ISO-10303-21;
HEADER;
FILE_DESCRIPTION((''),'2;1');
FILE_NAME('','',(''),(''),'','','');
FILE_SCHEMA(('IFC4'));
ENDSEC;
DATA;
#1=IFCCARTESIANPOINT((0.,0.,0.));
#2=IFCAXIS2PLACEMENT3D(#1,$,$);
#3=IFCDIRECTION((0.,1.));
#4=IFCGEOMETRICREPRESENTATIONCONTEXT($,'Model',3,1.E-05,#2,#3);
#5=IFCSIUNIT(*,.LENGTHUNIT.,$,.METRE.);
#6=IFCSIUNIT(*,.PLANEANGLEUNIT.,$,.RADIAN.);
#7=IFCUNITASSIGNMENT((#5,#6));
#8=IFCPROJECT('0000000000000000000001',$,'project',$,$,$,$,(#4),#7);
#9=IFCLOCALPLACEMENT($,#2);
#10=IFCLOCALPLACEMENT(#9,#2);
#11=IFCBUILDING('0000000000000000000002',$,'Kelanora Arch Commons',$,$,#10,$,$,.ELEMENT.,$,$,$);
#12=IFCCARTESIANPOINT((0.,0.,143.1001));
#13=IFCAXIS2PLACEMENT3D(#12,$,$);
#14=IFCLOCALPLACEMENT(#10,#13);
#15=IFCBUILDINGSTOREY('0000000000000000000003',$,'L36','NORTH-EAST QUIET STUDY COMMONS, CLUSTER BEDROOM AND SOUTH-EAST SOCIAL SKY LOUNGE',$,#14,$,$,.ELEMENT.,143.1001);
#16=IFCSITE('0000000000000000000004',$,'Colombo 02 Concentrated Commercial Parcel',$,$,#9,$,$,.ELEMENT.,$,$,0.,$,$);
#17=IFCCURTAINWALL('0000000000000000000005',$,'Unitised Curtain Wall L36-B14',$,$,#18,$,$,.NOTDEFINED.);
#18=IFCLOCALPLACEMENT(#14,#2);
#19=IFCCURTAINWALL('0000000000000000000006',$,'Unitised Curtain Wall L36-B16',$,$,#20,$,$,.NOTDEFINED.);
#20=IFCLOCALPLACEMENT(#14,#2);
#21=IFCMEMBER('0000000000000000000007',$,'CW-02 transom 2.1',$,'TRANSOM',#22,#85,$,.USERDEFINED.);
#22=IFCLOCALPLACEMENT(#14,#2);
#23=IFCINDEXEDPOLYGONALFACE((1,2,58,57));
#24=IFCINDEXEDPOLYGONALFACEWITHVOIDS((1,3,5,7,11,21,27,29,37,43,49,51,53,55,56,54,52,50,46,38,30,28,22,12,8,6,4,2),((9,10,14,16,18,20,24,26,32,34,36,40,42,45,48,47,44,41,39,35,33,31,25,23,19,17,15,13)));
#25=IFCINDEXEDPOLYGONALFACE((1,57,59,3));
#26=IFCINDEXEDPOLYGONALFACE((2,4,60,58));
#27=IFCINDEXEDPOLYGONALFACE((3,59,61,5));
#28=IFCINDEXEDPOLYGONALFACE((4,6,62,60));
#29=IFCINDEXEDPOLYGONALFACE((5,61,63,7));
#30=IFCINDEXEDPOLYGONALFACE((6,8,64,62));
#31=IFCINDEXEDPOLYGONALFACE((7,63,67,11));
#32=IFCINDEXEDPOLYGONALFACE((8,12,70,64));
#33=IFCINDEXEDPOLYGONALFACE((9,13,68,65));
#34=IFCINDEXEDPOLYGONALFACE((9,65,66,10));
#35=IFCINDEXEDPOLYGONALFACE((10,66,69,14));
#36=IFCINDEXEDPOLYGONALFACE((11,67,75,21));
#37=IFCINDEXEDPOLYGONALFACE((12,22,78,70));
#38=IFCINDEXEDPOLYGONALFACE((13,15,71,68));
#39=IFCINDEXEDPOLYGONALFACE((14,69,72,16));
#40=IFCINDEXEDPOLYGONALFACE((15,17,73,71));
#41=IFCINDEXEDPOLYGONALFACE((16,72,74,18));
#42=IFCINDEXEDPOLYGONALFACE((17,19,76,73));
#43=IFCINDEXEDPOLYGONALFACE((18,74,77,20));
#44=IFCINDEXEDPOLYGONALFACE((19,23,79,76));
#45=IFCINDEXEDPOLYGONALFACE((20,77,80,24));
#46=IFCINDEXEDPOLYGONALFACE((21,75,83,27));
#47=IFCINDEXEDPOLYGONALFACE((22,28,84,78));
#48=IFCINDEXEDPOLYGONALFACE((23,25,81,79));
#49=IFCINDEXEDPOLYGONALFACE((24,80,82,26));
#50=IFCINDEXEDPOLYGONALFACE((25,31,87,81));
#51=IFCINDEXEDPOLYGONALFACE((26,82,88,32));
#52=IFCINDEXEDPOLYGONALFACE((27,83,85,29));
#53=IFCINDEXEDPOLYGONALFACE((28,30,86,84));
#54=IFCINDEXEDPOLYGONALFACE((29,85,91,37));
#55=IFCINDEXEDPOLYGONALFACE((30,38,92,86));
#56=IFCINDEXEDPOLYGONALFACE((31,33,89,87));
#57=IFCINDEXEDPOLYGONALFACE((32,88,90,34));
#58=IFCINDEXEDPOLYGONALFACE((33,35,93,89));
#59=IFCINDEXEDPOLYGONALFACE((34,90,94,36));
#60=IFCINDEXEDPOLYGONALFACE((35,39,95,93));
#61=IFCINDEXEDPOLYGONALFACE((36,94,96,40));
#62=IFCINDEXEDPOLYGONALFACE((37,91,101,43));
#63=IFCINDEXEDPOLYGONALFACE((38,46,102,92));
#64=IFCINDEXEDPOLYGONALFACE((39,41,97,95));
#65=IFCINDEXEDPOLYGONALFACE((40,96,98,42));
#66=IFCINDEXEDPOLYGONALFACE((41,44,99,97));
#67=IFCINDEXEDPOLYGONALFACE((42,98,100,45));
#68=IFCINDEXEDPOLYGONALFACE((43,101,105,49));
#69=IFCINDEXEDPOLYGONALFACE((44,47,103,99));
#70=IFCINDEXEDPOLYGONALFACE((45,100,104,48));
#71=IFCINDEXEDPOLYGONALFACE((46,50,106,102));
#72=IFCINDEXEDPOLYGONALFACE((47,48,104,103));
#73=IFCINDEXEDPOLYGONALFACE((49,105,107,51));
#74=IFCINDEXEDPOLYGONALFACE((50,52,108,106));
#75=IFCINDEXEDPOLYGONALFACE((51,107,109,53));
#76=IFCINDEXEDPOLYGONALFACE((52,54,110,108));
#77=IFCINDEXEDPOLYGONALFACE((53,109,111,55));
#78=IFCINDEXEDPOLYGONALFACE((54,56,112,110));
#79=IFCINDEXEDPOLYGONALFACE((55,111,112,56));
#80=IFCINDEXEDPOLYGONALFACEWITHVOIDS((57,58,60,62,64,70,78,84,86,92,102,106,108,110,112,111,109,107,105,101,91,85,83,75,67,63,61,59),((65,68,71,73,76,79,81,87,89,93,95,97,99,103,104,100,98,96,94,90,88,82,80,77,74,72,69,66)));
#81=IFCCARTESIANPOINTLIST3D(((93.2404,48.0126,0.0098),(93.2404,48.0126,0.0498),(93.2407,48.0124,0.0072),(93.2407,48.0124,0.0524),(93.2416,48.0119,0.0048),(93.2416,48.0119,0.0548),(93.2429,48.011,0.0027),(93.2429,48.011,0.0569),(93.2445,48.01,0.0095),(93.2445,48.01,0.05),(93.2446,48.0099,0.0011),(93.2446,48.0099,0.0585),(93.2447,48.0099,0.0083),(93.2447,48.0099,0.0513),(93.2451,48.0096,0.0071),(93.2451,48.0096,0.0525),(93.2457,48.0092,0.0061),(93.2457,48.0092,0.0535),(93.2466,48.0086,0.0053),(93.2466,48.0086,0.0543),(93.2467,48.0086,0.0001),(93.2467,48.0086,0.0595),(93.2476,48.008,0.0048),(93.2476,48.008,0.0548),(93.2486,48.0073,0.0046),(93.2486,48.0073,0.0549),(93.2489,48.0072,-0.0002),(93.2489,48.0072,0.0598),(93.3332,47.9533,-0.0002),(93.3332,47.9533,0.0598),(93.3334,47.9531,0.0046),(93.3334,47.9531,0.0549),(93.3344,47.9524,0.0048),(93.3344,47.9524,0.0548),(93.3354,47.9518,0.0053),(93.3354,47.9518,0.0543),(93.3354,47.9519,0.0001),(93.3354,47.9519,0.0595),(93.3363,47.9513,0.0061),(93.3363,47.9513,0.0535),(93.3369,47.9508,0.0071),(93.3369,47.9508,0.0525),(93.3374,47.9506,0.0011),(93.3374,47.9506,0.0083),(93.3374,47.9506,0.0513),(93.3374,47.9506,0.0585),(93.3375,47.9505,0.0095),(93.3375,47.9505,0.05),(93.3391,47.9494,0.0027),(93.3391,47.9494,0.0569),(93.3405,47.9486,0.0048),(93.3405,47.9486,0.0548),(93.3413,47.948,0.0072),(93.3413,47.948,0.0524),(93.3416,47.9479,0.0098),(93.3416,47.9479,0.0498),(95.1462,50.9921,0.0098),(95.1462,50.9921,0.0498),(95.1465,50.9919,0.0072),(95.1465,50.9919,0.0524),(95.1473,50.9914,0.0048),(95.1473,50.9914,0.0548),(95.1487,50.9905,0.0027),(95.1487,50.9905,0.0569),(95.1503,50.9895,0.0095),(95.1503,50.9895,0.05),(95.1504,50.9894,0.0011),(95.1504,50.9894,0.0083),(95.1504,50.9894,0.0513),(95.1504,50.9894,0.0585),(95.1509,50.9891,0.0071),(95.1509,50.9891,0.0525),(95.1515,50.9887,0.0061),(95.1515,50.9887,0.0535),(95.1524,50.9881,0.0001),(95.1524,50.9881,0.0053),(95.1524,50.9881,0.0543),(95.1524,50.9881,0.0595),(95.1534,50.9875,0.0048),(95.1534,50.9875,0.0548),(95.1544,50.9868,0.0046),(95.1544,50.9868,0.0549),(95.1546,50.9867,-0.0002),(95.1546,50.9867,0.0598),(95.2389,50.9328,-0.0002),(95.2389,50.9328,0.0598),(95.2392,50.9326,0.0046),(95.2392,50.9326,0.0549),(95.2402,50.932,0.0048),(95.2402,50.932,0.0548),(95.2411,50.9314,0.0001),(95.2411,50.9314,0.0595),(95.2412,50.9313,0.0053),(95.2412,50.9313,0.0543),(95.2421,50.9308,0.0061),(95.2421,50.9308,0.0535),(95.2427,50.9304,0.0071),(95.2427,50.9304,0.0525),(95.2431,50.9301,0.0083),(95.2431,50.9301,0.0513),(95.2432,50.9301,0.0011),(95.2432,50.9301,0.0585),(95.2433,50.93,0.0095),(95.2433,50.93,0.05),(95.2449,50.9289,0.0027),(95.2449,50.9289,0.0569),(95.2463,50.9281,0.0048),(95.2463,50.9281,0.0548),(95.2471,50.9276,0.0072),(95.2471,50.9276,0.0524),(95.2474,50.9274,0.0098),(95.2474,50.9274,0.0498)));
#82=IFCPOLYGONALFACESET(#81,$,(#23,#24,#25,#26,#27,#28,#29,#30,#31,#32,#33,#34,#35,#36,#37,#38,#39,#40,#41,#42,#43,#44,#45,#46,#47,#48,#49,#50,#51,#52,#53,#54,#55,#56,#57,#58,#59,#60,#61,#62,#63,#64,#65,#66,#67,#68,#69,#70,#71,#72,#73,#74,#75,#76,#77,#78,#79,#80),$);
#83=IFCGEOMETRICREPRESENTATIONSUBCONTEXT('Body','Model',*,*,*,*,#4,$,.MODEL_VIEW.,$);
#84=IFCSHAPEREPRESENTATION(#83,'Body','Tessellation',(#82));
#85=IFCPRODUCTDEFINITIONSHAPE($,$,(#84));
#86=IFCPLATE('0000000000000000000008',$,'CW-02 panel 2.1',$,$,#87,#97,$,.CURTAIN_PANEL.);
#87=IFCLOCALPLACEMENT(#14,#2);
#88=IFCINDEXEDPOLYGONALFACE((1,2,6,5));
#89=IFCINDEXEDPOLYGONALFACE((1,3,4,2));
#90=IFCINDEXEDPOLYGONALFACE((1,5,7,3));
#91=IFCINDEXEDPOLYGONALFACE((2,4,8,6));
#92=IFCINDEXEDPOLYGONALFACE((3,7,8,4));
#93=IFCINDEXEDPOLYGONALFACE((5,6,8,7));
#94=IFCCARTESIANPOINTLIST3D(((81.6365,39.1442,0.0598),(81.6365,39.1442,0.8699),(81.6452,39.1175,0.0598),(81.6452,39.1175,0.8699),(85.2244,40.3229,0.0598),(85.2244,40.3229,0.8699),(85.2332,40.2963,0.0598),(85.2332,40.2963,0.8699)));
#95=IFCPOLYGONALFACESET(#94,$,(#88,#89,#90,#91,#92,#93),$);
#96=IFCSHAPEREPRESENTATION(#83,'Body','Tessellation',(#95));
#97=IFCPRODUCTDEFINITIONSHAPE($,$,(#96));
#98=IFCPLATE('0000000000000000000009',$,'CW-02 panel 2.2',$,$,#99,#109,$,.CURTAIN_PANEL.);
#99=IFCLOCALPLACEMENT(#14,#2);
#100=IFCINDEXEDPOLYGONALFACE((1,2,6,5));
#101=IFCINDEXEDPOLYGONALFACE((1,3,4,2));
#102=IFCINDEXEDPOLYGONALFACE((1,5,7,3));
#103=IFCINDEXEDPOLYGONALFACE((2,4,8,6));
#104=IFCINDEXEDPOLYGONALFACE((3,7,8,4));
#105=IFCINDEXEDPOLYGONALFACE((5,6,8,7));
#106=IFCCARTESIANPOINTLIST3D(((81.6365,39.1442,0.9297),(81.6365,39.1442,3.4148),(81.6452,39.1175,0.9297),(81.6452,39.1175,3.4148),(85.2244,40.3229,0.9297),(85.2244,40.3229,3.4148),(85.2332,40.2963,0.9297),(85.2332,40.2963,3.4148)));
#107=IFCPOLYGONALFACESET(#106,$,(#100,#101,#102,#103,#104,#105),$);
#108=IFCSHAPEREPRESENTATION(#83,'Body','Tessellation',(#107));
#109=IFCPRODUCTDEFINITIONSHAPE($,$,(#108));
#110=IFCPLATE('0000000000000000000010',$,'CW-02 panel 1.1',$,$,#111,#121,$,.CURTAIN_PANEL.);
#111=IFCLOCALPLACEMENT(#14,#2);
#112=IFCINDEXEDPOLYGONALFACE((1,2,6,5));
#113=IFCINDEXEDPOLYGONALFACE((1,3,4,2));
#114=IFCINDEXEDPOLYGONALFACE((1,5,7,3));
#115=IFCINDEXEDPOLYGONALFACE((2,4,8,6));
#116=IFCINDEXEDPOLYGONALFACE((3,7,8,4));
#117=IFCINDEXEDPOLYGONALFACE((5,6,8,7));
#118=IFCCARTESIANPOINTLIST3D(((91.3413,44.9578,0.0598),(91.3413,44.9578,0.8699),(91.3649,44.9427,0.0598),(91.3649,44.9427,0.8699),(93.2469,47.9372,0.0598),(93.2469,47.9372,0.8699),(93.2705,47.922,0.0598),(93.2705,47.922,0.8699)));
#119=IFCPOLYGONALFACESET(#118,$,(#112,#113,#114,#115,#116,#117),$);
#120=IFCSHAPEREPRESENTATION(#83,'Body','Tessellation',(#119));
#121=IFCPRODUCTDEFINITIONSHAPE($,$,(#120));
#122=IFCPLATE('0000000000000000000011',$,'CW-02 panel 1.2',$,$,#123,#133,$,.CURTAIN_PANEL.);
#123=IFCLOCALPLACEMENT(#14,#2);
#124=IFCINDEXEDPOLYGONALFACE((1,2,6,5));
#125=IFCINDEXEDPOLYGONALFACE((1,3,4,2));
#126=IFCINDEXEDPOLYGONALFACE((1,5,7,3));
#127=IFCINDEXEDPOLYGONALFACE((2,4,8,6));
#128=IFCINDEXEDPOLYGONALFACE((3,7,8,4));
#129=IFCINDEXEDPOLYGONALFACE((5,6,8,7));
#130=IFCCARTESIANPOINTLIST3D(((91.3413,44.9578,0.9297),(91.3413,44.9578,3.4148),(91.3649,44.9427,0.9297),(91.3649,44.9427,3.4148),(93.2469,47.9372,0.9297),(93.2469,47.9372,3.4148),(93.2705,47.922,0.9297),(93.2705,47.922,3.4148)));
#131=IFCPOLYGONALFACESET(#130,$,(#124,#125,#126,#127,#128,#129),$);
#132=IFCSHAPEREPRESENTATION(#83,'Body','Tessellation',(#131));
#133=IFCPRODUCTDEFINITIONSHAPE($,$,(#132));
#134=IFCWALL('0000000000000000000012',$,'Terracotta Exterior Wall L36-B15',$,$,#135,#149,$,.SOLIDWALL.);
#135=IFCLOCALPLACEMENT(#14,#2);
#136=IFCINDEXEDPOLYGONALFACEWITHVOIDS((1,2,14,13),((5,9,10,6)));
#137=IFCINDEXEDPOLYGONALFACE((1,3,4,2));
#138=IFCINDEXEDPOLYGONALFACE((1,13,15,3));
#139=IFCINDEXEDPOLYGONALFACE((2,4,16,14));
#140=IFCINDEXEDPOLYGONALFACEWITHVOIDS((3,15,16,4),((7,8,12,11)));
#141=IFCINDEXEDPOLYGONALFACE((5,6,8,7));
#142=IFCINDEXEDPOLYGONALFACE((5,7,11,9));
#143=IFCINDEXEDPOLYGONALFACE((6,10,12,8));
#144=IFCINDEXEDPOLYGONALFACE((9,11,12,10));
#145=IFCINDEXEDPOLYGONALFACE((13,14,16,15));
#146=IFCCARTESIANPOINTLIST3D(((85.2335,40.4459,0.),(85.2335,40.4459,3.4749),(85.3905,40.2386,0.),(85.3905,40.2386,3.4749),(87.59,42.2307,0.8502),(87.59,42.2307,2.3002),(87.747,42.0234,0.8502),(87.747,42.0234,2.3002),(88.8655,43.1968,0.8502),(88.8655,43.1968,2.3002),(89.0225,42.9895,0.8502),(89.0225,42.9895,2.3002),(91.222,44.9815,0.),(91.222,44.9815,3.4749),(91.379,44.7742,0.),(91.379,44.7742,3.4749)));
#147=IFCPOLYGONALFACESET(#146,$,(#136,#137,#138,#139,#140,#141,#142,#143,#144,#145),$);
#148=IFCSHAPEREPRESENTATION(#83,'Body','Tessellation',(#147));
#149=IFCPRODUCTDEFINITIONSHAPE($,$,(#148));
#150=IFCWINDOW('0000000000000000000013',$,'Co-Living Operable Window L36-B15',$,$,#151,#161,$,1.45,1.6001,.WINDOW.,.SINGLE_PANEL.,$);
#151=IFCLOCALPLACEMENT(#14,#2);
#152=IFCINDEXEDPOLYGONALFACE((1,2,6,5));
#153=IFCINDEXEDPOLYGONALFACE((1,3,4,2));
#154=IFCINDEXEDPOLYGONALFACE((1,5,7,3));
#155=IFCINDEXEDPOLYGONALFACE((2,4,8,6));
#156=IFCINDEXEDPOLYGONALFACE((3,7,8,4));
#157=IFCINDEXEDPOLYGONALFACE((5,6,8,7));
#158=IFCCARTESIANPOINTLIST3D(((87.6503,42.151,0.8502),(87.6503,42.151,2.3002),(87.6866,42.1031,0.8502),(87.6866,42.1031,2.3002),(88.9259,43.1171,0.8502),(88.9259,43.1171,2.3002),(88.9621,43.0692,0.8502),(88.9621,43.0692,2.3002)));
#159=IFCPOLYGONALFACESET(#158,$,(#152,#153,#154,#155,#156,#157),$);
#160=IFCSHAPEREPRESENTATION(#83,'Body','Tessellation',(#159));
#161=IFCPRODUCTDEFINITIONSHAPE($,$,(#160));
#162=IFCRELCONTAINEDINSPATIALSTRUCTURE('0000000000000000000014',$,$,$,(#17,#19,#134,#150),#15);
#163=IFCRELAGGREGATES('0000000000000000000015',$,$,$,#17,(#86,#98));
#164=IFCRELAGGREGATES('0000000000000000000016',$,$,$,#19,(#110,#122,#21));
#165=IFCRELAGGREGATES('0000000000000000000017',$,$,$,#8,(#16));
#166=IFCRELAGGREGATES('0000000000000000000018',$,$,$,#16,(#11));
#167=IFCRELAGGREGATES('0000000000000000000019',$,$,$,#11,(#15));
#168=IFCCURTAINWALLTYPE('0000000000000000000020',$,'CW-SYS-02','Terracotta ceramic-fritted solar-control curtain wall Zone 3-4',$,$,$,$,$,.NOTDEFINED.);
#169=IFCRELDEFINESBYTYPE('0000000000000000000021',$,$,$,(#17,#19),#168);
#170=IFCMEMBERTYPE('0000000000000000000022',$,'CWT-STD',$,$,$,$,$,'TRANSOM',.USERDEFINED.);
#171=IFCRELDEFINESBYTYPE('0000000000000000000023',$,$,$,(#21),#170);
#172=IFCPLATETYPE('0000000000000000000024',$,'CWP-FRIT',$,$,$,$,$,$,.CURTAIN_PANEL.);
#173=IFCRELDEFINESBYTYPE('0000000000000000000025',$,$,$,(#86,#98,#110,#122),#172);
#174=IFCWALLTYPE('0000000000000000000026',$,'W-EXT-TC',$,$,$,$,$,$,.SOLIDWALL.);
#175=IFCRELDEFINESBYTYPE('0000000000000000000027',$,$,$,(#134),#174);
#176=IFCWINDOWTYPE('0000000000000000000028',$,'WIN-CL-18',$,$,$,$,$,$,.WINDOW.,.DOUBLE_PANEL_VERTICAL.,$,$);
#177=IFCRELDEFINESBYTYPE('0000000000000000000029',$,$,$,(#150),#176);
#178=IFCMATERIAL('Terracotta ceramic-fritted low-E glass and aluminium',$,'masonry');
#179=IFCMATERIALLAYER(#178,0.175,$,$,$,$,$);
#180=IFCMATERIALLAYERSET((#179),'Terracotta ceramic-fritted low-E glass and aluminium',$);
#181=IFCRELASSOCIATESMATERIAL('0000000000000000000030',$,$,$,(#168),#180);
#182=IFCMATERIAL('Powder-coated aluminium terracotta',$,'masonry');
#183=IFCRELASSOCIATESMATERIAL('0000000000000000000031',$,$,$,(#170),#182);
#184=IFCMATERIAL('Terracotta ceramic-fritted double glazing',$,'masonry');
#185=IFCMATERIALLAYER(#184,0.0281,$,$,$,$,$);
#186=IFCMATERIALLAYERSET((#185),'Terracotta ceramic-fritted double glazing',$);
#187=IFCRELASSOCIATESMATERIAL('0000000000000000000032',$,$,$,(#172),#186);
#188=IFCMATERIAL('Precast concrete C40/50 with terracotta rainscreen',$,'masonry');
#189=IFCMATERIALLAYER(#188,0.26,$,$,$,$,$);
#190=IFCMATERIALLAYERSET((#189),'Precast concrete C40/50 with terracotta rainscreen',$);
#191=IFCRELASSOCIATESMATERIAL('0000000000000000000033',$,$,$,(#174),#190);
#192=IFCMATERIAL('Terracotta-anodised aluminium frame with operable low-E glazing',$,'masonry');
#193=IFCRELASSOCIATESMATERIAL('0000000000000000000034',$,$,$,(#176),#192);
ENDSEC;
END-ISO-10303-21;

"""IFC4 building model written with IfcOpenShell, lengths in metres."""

from ifc_helpers import new_model, si_unit, direction, frame, frame_2d, origin, origin_2d, place, context, subcontext, project, spatial, rectangle, hollow_rectangle, extrude, source, transform, mapped, material, layer, layer_set, material_profile, profile_set, type_object, element, fill, aggregate, save


model = new_model("IFC4")

# Units and contexts
model_context = context("Model", 3, precision=1e-05, world=origin(), true_north=direction((0.0, 1.0)))
body_context = subcontext(model_context, "Body", "Model", "MODEL_VIEW")
ifc_project = project(units=[si_unit("LENGTHUNIT", "METRE"), si_unit("PLANEANGLEUNIT", "RADIAN")], contexts=[model_context])

# Site, building, storey
site_placement = place(None, origin())
site = spatial("IfcSite", under=ifc_project, at=site_placement, Name="Colombo 02 Concentrated Commercial Parcel", CompositionType="ELEMENT", RefElevation=0.0)
building_placement = place(site_placement, origin())
building = spatial("IfcBuilding", under=site, at=building_placement, Name="Kelanora Arch Commons", CompositionType="ELEMENT")
storey_placement = place(building_placement, frame((0.0, 0.0, 143.1001)))
storey = spatial("IfcBuildingStorey", under=building, at=storey_placement, Name="L36", Description="NORTH-EAST QUIET STUDY COMMONS, CLUSTER BEDROOM AND SOUTH-EAST SOCIAL SKY LOUNGE", CompositionType="ELEMENT", Elevation=143.1001)

# Curtain wall
ifc_material_1 = material(Name="Terracotta ceramic-fritted low-E glass and aluminium", Category="masonry")
ifc_layer_1 = layer(ifc_material_1, 0.175)
ifc_layer_set_1 = layer_set([ifc_layer_1], Name="Terracotta ceramic-fritted low-E glass and aluminium")
curtain_wall_type = type_object("IfcCurtainWallType", Name="CW-SYS-02", Description="Terracotta ceramic-fritted solar-control curtain wall Zone 3-4", PredefinedType="NOTDEFINED", material=ifc_layer_set_1)
curtain_wall_1_placement = place(storey_placement, origin())
curtain_wall_1 = element("IfcCurtainWall", 1, at=curtain_wall_1_placement, inside=storey, type_object=curtain_wall_type, Name="Unitised Curtain Wall L36-B14", PredefinedType="NOTDEFINED")
ifc_material_2 = material(Name="Powder-coated aluminium terracotta", Category="masonry")

# Curtain wall, member
curtain_wall_2_placement = place(storey_placement, origin())
curtain_wall_2 = element("IfcCurtainWall", 2, at=curtain_wall_2_placement, inside=storey, type_object=curtain_wall_type, Name="Unitised Curtain Wall L36-B16", PredefinedType="NOTDEFINED")
ifc_material_profile_1 = material_profile(ifc_material_2, hollow_rectangle(XDim=0.1201, YDim=0.0601, WallThickness=0.0049, InnerFilletRadius=0.0049, OuterFilletRadius=0.01, at=origin_2d()), Name="CWT120x60")
ifc_profile_set_1 = profile_set([ifc_material_profile_1], Name="Powder-coated aluminium terracotta")
member_type_1 = type_object("IfcMemberType", Name="CWT-STD", ElementType="TRANSOM", PredefinedType="USERDEFINED", material=ifc_profile_set_1)
member_1_placement = place(storey_placement, frame((93.291, 47.9802, 0.0298), z_axis=(0.53883, 0.842414, 0.0), x_axis=(-0.842414, 0.53883, 0.0)))
member_1 = element("IfcMember", 3, at=member_1_placement, type_object=member_type_1, Name="CW-02 transom 2.1", ObjectType="TRANSOM", PredefinedType="USERDEFINED", context=body_context, shape_type="SweptSolid", body=[
    extrude(hollow_rectangle(XDim=0.1201, YDim=0.0601, WallThickness=0.0049, InnerFilletRadius=0.0049, OuterFilletRadius=0.01, at=origin_2d()), origin(), (0.0, 0.0, 1.0), 3.5369),
])

# Plates
ifc_material_3 = material(Name="Terracotta ceramic-fritted double glazing", Category="masonry")
ifc_layer_2 = layer(ifc_material_3, 0.0281)
ifc_layer_set_2 = layer_set([ifc_layer_2], Name="Terracotta ceramic-fritted double glazing")
plate_type = type_object("IfcPlateType", Name="CWP-FRIT", PredefinedType="CURTAIN_PANEL", material=ifc_layer_set_2)
shared_shape_1 = source(origin(), body_context, "Body", "SweptSolid", [
    extrude(rectangle(XDim=3.7766, YDim=0.0281, at=origin_2d()), origin(), (0.0, 0.0, 1.0), 0.8101),
])
plate_1_placement = place(storey_placement, frame((83.4348, 39.7202, 0.0598), z_axis=(0.0, 0.0, 1.0), x_axis=(0.95004, 0.312128, 0.0)))
plate_1 = element("IfcPlate", 4, at=plate_1_placement, type_object=plate_type, Name="CW-02 panel 2.1", PredefinedType="CURTAIN_PANEL", context=body_context, shape_type="MappedRepresentation", body=[
    mapped(shared_shape_1, transform((0.0, 0.0, 0.0), scale=1.0)),
])
shared_shape_2 = source(origin(), body_context, "Body", "SweptSolid", [
    extrude(rectangle(XDim=3.7766, YDim=0.0281, at=origin_2d()), origin(), (0.0, 0.0, 1.0), 2.4851),
])
plate_2_placement = place(storey_placement, frame((83.4348, 39.7202, 0.9297), z_axis=(0.0, 0.0, 1.0), x_axis=(0.95004, 0.312128, 0.0)))
plate_2 = element("IfcPlate", 5, at=plate_2_placement, type_object=plate_type, Name="CW-02 panel 2.2", PredefinedType="CURTAIN_PANEL", context=body_context, shape_type="MappedRepresentation", body=[
    mapped(shared_shape_2, transform((0.0, 0.0, 0.0), scale=1.0)),
])
aggregate(curtain_wall_1, [plate_1, plate_2])
shared_shape_3 = source(origin(), body_context, "Body", "SweptSolid", [
    extrude(rectangle(XDim=3.5366, YDim=0.0281, at=origin_2d()), origin(), (0.0, 0.0, 1.0), 0.8101),
])
plate_3_placement = place(storey_placement, frame((92.3059, 46.4399, 0.0598), z_axis=(0.0, 0.0, 1.0), x_axis=(0.538817, 0.842423, 0.0)))
plate_3 = element("IfcPlate", 6, at=plate_3_placement, type_object=plate_type, Name="CW-02 panel 1.1", PredefinedType="CURTAIN_PANEL", context=body_context, shape_type="MappedRepresentation", body=[
    mapped(shared_shape_3, transform((0.0, 0.0, 0.0), scale=1.0)),
])
shared_shape_4 = source(origin(), body_context, "Body", "SweptSolid", [
    extrude(rectangle(XDim=3.5366, YDim=0.0281, at=origin_2d()), origin(), (0.0, 0.0, 1.0), 2.4851),
])
plate_4_placement = place(storey_placement, frame((92.3059, 46.4399, 0.9297), z_axis=(0.0, 0.0, 1.0), x_axis=(0.538817, 0.842423, 0.0)))
plate_4 = element("IfcPlate", 7, at=plate_4_placement, type_object=plate_type, Name="CW-02 panel 1.2", PredefinedType="CURTAIN_PANEL", context=body_context, shape_type="MappedRepresentation", body=[
    mapped(shared_shape_4, transform((0.0, 0.0, 0.0), scale=1.0)),
])
aggregate(curtain_wall_2, [plate_3, plate_4, member_1])

# Wall, opening, window
ifc_material_4 = material(Name="Precast concrete C40/50 with terracotta rainscreen", Category="masonry")
ifc_layer_3 = layer(ifc_material_4, 0.26)
ifc_layer_set_3 = layer_set([ifc_layer_3], Name="Precast concrete C40/50 with terracotta rainscreen")
wall_type = type_object("IfcWallType", Name="W-EXT-TC", PredefinedType="SOLIDWALL", material=ifc_layer_set_3)
wall_placement = place(storey_placement, frame((85.312, 40.3423, 0.0), z_axis=(0.0, 0.0, 1.0), x_axis=(0.797164, 0.603763, 0.0)))
wall = element("IfcWall", 8, at=wall_placement, inside=storey, type_object=wall_type, Name="Terracotta Exterior Wall L36-B15", PredefinedType="SOLIDWALL", context=body_context, shape_type="SweptSolid", body=[
    extrude(rectangle(XDim=7.5122, YDim=0.26, at=frame_2d((3.7561, 0.0))), origin(), (0.0, 0.0, 1.0), 3.4749),
])
opening_placement = place(wall_placement, frame((2.9561, 0.0, 0.8501)))
opening = element("IfcOpeningElement", 9, at=opening_placement, cuts=wall, PredefinedType="OPENING", context=body_context, shape_type="SweptSolid", body=[
    extrude(rectangle(XDim=1.6001, YDim=1.45, at=frame_2d((0.8, 0.7251))), frame((0.0, 0.1401, 0.0), z_axis=(0.0, -1.0, 0.0), x_axis=(1.0, 0.0, 0.0)), (0.0, 0.0, 1.0), 0.28),
])
ifc_material_5 = material(Name="Terracotta-anodised aluminium frame with operable low-E glazing", Category="masonry")
window_type = type_object("IfcWindowType", Name="WIN-CL-18", PartitioningType="DOUBLE_PANEL_VERTICAL", PredefinedType="WINDOW", material=ifc_material_5)
window_placement = place(opening_placement, origin())
window = element("IfcWindow", 10, at=window_placement, inside=storey, type_object=window_type, Name="Co-Living Operable Window L36-B15", OverallHeight=1.45, OverallWidth=1.6001, PartitioningType="SINGLE_PANEL", PredefinedType="WINDOW", context=body_context, shape_type="SweptSolid", body=[
    extrude(rectangle(XDim=1.6001, YDim=1.45, at=frame_2d((0.8, 0.7251))), frame((0.0, 0.03, 0.0), z_axis=(0.0, -1.0, 0.0), x_axis=(1.0, 0.0, 0.0)), (0.0, 0.0, 1.0), 0.0601),
])
fill(opening, window)

save(model, "model.ifc")
